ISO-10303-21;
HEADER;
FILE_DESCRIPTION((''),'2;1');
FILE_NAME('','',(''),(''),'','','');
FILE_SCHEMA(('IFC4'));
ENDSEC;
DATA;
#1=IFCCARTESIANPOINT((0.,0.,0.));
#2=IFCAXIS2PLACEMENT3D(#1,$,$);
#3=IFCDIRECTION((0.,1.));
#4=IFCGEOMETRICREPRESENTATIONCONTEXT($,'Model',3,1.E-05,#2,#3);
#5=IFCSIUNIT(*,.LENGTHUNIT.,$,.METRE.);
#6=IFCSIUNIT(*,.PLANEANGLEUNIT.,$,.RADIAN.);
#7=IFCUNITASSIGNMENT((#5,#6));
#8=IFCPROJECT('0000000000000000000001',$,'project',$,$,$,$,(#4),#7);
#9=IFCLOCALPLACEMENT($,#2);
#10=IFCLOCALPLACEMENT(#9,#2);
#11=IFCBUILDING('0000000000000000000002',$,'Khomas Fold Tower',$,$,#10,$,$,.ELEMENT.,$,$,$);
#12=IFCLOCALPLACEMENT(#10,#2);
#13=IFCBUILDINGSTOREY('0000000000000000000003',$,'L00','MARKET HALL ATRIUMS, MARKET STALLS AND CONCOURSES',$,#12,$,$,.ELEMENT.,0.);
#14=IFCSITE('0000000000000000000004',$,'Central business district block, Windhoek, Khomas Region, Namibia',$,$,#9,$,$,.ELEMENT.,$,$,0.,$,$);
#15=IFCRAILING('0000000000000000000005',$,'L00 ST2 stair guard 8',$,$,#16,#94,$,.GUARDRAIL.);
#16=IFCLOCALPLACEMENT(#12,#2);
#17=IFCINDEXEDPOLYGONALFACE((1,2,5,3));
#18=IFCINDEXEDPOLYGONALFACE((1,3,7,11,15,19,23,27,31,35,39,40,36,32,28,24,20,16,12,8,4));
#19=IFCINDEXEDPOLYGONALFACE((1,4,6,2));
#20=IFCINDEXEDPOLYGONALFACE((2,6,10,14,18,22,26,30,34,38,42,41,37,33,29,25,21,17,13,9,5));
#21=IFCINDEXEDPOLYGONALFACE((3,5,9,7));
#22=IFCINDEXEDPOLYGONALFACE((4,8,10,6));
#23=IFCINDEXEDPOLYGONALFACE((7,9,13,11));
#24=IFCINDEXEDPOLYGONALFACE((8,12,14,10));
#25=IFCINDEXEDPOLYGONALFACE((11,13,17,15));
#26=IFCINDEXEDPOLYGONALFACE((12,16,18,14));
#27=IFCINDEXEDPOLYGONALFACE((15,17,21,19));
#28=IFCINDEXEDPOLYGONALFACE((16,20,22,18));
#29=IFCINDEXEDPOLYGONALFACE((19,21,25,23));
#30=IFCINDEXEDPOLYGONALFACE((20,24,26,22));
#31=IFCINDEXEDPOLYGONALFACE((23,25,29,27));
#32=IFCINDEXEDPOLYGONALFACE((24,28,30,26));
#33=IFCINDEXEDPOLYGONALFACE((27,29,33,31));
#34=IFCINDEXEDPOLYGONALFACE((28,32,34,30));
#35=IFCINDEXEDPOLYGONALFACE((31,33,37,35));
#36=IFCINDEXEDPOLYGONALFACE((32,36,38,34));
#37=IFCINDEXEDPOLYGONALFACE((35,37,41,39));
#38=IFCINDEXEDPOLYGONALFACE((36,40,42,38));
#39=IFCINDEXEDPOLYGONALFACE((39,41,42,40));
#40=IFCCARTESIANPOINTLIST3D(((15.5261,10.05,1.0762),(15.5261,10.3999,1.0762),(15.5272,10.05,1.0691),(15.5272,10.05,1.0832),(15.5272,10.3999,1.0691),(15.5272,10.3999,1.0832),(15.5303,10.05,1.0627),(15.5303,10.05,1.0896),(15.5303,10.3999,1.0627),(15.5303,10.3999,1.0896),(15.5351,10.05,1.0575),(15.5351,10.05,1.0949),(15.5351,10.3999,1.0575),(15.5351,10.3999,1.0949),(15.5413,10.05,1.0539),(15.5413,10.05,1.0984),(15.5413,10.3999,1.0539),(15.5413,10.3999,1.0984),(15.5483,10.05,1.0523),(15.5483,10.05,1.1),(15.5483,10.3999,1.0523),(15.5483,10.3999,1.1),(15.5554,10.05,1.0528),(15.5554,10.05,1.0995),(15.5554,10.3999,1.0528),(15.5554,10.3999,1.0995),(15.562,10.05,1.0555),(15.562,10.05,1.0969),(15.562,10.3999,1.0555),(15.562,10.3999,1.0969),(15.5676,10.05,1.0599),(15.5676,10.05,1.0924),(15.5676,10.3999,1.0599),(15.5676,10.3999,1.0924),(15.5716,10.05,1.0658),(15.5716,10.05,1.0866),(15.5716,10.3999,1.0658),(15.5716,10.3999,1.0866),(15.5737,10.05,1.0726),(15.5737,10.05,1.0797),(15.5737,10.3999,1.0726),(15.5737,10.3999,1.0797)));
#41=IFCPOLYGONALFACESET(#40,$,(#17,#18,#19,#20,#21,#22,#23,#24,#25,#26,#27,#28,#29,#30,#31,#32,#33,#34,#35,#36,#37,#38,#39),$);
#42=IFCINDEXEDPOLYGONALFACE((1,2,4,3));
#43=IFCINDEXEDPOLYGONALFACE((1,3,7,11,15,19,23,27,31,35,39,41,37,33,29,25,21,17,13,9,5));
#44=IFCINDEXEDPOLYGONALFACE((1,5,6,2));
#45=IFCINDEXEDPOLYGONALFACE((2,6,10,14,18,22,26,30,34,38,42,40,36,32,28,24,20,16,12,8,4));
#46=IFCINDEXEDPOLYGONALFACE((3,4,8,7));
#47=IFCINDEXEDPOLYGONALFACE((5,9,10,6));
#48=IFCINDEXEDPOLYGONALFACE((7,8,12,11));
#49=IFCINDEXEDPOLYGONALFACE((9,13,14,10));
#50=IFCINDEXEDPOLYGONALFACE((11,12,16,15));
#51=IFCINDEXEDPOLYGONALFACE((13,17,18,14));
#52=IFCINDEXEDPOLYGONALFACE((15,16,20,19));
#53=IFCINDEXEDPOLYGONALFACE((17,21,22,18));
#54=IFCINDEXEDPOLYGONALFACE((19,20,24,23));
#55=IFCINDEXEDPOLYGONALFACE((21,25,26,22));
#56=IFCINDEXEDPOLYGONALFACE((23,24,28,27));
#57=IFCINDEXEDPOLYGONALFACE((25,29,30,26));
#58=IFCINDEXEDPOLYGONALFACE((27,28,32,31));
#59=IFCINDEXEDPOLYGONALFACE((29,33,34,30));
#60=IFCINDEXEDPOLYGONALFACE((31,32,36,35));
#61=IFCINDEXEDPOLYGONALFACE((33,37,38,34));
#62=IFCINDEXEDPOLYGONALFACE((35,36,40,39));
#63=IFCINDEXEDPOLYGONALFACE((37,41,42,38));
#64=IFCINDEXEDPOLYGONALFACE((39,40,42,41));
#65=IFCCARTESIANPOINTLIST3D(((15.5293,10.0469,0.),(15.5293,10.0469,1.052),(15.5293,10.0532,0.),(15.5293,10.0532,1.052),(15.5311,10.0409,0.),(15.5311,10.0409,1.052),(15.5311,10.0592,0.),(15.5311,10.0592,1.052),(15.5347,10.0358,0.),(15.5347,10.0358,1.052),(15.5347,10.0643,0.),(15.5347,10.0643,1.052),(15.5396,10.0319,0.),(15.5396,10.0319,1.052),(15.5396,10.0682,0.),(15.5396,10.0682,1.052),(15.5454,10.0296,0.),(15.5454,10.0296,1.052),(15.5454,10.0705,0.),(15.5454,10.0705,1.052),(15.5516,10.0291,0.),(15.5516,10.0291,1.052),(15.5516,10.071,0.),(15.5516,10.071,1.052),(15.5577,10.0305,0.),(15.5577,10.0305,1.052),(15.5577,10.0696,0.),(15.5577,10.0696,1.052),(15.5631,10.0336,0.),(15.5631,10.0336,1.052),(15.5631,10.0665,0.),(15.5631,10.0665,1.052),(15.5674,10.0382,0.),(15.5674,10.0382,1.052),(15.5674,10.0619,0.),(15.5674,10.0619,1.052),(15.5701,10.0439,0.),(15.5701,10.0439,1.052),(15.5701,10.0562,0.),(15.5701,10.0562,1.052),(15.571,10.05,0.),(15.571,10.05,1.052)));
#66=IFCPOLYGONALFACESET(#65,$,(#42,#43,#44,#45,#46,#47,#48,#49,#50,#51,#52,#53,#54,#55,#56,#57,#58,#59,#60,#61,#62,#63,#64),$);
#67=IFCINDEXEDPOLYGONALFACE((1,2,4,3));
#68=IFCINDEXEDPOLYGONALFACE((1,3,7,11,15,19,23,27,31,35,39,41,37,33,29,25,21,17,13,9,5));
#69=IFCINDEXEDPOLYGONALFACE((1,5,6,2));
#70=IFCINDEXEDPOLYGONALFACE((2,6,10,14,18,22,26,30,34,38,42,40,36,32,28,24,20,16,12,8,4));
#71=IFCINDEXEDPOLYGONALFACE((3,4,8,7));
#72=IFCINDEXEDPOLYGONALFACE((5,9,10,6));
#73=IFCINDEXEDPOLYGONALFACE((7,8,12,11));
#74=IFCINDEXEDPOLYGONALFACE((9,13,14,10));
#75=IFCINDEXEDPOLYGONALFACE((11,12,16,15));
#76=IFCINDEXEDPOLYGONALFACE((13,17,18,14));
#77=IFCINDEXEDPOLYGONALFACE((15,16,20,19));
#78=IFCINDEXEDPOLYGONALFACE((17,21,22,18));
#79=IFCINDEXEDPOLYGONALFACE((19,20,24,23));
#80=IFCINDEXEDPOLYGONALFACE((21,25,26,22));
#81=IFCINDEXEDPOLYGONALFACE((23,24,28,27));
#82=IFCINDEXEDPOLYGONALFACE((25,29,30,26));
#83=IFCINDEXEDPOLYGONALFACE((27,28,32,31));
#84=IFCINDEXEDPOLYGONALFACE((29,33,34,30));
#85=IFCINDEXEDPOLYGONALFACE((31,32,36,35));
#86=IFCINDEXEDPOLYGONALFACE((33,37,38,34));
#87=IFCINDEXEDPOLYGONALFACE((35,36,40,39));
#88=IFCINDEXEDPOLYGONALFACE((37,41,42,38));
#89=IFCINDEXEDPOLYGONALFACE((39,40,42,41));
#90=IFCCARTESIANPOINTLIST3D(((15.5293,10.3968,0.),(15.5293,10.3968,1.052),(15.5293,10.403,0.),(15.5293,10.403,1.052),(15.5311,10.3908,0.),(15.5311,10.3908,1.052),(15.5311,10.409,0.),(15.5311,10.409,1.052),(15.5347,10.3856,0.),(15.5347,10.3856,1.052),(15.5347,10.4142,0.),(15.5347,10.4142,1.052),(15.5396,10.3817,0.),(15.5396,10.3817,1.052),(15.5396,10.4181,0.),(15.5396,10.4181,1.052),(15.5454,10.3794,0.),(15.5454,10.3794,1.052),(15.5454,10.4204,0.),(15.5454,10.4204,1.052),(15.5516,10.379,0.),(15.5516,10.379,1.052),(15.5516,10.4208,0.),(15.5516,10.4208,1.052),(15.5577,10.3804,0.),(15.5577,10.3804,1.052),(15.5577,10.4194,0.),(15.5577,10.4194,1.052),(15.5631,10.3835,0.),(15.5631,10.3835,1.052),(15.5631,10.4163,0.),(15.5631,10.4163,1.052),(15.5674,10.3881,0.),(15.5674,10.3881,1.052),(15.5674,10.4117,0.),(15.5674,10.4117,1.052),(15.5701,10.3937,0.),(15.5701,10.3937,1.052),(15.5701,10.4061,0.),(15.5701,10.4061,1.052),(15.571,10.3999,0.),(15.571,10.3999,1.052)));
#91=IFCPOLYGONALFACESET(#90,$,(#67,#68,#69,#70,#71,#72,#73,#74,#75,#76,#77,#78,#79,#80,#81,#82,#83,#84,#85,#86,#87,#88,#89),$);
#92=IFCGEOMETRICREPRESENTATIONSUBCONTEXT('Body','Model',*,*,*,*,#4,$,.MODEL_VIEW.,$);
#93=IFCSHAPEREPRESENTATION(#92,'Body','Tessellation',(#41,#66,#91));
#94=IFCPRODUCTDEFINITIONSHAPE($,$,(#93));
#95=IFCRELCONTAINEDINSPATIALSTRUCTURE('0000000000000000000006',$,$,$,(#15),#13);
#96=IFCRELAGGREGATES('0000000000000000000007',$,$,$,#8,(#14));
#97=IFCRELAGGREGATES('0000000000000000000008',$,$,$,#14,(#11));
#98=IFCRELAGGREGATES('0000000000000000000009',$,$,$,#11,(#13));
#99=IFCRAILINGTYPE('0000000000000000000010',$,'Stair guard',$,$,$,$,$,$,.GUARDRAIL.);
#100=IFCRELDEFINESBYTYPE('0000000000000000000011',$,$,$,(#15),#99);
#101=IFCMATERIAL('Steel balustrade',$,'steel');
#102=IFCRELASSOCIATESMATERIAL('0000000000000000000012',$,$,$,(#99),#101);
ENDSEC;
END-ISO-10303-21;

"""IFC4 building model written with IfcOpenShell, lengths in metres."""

from ifc_helpers import new_model, si_unit, direction, frame, origin, origin_2d, place, context, subcontext, project, spatial, circle, extrude, source, transform, mapped, material, type_object, element, save


model = new_model("IFC4")

# Units and contexts
model_context = context("Model", 3, precision=1e-05, world=origin(), true_north=direction((0.0, 1.0)))
body_context = subcontext(model_context, "Body", "Model", "MODEL_VIEW")
ifc_project = project(units=[si_unit("LENGTHUNIT", "METRE"), si_unit("PLANEANGLEUNIT", "RADIAN")], contexts=[model_context])

# Site, building, storey
site_placement = place(None, origin())
site = spatial("IfcSite", under=ifc_project, at=site_placement, Name="Central business district block, Windhoek, Khomas Region, Namibia", CompositionType="ELEMENT", RefElevation=0.0)
building_placement = place(site_placement, origin())
building = spatial("IfcBuilding", under=site, at=building_placement, Name="Khomas Fold Tower", CompositionType="ELEMENT")
storey_placement = place(building_placement, origin())
storey = spatial("IfcBuildingStorey", under=building, at=storey_placement, Name="L00", Description="MARKET HALL ATRIUMS, MARKET STALLS AND CONCOURSES", CompositionType="ELEMENT", Elevation=0.0)

# Railing
ifc_material_1 = material(Name="Steel balustrade", Category="steel")
railing_type_1 = type_object("IfcRailingType", Name="Stair guard", PredefinedType="GUARDRAIL", material=ifc_material_1)
shared_shape_1 = source(origin(), body_context, "Body", "SweptSolid", [
    extrude(circle(Radius=0.0239, at=origin_2d()), frame((0.0, 0.0, 1.0762), z_axis=(0.0, 1.0, 0.0), x_axis=(-1.0, 0.0, 0.0)), (0.0, 0.0, 1.0), 0.3499),
    extrude(circle(Radius=0.021, at=origin_2d()), origin(), (0.0, 0.0, 1.0), 1.052),
    extrude(circle(Radius=0.021, at=origin_2d()), frame((0.0, 0.3499, 0.0)), (0.0, 0.0, 1.0), 1.052),
])
for number, where, name in (
    (1, (15.55, 10.05, 0.0), "L00 ST2 stair guard 8"),
):
    element("IfcRailing", number, at=place(storey_placement, frame(where)), inside=storey, type_object=railing_type_1, Name=name, PredefinedType="GUARDRAIL", context=body_context, shape_type="MappedRepresentation", body=[
        mapped(shared_shape_1, transform((0.0, 0.0, 0.0))),
    ])

save(model, "model.ifc")
